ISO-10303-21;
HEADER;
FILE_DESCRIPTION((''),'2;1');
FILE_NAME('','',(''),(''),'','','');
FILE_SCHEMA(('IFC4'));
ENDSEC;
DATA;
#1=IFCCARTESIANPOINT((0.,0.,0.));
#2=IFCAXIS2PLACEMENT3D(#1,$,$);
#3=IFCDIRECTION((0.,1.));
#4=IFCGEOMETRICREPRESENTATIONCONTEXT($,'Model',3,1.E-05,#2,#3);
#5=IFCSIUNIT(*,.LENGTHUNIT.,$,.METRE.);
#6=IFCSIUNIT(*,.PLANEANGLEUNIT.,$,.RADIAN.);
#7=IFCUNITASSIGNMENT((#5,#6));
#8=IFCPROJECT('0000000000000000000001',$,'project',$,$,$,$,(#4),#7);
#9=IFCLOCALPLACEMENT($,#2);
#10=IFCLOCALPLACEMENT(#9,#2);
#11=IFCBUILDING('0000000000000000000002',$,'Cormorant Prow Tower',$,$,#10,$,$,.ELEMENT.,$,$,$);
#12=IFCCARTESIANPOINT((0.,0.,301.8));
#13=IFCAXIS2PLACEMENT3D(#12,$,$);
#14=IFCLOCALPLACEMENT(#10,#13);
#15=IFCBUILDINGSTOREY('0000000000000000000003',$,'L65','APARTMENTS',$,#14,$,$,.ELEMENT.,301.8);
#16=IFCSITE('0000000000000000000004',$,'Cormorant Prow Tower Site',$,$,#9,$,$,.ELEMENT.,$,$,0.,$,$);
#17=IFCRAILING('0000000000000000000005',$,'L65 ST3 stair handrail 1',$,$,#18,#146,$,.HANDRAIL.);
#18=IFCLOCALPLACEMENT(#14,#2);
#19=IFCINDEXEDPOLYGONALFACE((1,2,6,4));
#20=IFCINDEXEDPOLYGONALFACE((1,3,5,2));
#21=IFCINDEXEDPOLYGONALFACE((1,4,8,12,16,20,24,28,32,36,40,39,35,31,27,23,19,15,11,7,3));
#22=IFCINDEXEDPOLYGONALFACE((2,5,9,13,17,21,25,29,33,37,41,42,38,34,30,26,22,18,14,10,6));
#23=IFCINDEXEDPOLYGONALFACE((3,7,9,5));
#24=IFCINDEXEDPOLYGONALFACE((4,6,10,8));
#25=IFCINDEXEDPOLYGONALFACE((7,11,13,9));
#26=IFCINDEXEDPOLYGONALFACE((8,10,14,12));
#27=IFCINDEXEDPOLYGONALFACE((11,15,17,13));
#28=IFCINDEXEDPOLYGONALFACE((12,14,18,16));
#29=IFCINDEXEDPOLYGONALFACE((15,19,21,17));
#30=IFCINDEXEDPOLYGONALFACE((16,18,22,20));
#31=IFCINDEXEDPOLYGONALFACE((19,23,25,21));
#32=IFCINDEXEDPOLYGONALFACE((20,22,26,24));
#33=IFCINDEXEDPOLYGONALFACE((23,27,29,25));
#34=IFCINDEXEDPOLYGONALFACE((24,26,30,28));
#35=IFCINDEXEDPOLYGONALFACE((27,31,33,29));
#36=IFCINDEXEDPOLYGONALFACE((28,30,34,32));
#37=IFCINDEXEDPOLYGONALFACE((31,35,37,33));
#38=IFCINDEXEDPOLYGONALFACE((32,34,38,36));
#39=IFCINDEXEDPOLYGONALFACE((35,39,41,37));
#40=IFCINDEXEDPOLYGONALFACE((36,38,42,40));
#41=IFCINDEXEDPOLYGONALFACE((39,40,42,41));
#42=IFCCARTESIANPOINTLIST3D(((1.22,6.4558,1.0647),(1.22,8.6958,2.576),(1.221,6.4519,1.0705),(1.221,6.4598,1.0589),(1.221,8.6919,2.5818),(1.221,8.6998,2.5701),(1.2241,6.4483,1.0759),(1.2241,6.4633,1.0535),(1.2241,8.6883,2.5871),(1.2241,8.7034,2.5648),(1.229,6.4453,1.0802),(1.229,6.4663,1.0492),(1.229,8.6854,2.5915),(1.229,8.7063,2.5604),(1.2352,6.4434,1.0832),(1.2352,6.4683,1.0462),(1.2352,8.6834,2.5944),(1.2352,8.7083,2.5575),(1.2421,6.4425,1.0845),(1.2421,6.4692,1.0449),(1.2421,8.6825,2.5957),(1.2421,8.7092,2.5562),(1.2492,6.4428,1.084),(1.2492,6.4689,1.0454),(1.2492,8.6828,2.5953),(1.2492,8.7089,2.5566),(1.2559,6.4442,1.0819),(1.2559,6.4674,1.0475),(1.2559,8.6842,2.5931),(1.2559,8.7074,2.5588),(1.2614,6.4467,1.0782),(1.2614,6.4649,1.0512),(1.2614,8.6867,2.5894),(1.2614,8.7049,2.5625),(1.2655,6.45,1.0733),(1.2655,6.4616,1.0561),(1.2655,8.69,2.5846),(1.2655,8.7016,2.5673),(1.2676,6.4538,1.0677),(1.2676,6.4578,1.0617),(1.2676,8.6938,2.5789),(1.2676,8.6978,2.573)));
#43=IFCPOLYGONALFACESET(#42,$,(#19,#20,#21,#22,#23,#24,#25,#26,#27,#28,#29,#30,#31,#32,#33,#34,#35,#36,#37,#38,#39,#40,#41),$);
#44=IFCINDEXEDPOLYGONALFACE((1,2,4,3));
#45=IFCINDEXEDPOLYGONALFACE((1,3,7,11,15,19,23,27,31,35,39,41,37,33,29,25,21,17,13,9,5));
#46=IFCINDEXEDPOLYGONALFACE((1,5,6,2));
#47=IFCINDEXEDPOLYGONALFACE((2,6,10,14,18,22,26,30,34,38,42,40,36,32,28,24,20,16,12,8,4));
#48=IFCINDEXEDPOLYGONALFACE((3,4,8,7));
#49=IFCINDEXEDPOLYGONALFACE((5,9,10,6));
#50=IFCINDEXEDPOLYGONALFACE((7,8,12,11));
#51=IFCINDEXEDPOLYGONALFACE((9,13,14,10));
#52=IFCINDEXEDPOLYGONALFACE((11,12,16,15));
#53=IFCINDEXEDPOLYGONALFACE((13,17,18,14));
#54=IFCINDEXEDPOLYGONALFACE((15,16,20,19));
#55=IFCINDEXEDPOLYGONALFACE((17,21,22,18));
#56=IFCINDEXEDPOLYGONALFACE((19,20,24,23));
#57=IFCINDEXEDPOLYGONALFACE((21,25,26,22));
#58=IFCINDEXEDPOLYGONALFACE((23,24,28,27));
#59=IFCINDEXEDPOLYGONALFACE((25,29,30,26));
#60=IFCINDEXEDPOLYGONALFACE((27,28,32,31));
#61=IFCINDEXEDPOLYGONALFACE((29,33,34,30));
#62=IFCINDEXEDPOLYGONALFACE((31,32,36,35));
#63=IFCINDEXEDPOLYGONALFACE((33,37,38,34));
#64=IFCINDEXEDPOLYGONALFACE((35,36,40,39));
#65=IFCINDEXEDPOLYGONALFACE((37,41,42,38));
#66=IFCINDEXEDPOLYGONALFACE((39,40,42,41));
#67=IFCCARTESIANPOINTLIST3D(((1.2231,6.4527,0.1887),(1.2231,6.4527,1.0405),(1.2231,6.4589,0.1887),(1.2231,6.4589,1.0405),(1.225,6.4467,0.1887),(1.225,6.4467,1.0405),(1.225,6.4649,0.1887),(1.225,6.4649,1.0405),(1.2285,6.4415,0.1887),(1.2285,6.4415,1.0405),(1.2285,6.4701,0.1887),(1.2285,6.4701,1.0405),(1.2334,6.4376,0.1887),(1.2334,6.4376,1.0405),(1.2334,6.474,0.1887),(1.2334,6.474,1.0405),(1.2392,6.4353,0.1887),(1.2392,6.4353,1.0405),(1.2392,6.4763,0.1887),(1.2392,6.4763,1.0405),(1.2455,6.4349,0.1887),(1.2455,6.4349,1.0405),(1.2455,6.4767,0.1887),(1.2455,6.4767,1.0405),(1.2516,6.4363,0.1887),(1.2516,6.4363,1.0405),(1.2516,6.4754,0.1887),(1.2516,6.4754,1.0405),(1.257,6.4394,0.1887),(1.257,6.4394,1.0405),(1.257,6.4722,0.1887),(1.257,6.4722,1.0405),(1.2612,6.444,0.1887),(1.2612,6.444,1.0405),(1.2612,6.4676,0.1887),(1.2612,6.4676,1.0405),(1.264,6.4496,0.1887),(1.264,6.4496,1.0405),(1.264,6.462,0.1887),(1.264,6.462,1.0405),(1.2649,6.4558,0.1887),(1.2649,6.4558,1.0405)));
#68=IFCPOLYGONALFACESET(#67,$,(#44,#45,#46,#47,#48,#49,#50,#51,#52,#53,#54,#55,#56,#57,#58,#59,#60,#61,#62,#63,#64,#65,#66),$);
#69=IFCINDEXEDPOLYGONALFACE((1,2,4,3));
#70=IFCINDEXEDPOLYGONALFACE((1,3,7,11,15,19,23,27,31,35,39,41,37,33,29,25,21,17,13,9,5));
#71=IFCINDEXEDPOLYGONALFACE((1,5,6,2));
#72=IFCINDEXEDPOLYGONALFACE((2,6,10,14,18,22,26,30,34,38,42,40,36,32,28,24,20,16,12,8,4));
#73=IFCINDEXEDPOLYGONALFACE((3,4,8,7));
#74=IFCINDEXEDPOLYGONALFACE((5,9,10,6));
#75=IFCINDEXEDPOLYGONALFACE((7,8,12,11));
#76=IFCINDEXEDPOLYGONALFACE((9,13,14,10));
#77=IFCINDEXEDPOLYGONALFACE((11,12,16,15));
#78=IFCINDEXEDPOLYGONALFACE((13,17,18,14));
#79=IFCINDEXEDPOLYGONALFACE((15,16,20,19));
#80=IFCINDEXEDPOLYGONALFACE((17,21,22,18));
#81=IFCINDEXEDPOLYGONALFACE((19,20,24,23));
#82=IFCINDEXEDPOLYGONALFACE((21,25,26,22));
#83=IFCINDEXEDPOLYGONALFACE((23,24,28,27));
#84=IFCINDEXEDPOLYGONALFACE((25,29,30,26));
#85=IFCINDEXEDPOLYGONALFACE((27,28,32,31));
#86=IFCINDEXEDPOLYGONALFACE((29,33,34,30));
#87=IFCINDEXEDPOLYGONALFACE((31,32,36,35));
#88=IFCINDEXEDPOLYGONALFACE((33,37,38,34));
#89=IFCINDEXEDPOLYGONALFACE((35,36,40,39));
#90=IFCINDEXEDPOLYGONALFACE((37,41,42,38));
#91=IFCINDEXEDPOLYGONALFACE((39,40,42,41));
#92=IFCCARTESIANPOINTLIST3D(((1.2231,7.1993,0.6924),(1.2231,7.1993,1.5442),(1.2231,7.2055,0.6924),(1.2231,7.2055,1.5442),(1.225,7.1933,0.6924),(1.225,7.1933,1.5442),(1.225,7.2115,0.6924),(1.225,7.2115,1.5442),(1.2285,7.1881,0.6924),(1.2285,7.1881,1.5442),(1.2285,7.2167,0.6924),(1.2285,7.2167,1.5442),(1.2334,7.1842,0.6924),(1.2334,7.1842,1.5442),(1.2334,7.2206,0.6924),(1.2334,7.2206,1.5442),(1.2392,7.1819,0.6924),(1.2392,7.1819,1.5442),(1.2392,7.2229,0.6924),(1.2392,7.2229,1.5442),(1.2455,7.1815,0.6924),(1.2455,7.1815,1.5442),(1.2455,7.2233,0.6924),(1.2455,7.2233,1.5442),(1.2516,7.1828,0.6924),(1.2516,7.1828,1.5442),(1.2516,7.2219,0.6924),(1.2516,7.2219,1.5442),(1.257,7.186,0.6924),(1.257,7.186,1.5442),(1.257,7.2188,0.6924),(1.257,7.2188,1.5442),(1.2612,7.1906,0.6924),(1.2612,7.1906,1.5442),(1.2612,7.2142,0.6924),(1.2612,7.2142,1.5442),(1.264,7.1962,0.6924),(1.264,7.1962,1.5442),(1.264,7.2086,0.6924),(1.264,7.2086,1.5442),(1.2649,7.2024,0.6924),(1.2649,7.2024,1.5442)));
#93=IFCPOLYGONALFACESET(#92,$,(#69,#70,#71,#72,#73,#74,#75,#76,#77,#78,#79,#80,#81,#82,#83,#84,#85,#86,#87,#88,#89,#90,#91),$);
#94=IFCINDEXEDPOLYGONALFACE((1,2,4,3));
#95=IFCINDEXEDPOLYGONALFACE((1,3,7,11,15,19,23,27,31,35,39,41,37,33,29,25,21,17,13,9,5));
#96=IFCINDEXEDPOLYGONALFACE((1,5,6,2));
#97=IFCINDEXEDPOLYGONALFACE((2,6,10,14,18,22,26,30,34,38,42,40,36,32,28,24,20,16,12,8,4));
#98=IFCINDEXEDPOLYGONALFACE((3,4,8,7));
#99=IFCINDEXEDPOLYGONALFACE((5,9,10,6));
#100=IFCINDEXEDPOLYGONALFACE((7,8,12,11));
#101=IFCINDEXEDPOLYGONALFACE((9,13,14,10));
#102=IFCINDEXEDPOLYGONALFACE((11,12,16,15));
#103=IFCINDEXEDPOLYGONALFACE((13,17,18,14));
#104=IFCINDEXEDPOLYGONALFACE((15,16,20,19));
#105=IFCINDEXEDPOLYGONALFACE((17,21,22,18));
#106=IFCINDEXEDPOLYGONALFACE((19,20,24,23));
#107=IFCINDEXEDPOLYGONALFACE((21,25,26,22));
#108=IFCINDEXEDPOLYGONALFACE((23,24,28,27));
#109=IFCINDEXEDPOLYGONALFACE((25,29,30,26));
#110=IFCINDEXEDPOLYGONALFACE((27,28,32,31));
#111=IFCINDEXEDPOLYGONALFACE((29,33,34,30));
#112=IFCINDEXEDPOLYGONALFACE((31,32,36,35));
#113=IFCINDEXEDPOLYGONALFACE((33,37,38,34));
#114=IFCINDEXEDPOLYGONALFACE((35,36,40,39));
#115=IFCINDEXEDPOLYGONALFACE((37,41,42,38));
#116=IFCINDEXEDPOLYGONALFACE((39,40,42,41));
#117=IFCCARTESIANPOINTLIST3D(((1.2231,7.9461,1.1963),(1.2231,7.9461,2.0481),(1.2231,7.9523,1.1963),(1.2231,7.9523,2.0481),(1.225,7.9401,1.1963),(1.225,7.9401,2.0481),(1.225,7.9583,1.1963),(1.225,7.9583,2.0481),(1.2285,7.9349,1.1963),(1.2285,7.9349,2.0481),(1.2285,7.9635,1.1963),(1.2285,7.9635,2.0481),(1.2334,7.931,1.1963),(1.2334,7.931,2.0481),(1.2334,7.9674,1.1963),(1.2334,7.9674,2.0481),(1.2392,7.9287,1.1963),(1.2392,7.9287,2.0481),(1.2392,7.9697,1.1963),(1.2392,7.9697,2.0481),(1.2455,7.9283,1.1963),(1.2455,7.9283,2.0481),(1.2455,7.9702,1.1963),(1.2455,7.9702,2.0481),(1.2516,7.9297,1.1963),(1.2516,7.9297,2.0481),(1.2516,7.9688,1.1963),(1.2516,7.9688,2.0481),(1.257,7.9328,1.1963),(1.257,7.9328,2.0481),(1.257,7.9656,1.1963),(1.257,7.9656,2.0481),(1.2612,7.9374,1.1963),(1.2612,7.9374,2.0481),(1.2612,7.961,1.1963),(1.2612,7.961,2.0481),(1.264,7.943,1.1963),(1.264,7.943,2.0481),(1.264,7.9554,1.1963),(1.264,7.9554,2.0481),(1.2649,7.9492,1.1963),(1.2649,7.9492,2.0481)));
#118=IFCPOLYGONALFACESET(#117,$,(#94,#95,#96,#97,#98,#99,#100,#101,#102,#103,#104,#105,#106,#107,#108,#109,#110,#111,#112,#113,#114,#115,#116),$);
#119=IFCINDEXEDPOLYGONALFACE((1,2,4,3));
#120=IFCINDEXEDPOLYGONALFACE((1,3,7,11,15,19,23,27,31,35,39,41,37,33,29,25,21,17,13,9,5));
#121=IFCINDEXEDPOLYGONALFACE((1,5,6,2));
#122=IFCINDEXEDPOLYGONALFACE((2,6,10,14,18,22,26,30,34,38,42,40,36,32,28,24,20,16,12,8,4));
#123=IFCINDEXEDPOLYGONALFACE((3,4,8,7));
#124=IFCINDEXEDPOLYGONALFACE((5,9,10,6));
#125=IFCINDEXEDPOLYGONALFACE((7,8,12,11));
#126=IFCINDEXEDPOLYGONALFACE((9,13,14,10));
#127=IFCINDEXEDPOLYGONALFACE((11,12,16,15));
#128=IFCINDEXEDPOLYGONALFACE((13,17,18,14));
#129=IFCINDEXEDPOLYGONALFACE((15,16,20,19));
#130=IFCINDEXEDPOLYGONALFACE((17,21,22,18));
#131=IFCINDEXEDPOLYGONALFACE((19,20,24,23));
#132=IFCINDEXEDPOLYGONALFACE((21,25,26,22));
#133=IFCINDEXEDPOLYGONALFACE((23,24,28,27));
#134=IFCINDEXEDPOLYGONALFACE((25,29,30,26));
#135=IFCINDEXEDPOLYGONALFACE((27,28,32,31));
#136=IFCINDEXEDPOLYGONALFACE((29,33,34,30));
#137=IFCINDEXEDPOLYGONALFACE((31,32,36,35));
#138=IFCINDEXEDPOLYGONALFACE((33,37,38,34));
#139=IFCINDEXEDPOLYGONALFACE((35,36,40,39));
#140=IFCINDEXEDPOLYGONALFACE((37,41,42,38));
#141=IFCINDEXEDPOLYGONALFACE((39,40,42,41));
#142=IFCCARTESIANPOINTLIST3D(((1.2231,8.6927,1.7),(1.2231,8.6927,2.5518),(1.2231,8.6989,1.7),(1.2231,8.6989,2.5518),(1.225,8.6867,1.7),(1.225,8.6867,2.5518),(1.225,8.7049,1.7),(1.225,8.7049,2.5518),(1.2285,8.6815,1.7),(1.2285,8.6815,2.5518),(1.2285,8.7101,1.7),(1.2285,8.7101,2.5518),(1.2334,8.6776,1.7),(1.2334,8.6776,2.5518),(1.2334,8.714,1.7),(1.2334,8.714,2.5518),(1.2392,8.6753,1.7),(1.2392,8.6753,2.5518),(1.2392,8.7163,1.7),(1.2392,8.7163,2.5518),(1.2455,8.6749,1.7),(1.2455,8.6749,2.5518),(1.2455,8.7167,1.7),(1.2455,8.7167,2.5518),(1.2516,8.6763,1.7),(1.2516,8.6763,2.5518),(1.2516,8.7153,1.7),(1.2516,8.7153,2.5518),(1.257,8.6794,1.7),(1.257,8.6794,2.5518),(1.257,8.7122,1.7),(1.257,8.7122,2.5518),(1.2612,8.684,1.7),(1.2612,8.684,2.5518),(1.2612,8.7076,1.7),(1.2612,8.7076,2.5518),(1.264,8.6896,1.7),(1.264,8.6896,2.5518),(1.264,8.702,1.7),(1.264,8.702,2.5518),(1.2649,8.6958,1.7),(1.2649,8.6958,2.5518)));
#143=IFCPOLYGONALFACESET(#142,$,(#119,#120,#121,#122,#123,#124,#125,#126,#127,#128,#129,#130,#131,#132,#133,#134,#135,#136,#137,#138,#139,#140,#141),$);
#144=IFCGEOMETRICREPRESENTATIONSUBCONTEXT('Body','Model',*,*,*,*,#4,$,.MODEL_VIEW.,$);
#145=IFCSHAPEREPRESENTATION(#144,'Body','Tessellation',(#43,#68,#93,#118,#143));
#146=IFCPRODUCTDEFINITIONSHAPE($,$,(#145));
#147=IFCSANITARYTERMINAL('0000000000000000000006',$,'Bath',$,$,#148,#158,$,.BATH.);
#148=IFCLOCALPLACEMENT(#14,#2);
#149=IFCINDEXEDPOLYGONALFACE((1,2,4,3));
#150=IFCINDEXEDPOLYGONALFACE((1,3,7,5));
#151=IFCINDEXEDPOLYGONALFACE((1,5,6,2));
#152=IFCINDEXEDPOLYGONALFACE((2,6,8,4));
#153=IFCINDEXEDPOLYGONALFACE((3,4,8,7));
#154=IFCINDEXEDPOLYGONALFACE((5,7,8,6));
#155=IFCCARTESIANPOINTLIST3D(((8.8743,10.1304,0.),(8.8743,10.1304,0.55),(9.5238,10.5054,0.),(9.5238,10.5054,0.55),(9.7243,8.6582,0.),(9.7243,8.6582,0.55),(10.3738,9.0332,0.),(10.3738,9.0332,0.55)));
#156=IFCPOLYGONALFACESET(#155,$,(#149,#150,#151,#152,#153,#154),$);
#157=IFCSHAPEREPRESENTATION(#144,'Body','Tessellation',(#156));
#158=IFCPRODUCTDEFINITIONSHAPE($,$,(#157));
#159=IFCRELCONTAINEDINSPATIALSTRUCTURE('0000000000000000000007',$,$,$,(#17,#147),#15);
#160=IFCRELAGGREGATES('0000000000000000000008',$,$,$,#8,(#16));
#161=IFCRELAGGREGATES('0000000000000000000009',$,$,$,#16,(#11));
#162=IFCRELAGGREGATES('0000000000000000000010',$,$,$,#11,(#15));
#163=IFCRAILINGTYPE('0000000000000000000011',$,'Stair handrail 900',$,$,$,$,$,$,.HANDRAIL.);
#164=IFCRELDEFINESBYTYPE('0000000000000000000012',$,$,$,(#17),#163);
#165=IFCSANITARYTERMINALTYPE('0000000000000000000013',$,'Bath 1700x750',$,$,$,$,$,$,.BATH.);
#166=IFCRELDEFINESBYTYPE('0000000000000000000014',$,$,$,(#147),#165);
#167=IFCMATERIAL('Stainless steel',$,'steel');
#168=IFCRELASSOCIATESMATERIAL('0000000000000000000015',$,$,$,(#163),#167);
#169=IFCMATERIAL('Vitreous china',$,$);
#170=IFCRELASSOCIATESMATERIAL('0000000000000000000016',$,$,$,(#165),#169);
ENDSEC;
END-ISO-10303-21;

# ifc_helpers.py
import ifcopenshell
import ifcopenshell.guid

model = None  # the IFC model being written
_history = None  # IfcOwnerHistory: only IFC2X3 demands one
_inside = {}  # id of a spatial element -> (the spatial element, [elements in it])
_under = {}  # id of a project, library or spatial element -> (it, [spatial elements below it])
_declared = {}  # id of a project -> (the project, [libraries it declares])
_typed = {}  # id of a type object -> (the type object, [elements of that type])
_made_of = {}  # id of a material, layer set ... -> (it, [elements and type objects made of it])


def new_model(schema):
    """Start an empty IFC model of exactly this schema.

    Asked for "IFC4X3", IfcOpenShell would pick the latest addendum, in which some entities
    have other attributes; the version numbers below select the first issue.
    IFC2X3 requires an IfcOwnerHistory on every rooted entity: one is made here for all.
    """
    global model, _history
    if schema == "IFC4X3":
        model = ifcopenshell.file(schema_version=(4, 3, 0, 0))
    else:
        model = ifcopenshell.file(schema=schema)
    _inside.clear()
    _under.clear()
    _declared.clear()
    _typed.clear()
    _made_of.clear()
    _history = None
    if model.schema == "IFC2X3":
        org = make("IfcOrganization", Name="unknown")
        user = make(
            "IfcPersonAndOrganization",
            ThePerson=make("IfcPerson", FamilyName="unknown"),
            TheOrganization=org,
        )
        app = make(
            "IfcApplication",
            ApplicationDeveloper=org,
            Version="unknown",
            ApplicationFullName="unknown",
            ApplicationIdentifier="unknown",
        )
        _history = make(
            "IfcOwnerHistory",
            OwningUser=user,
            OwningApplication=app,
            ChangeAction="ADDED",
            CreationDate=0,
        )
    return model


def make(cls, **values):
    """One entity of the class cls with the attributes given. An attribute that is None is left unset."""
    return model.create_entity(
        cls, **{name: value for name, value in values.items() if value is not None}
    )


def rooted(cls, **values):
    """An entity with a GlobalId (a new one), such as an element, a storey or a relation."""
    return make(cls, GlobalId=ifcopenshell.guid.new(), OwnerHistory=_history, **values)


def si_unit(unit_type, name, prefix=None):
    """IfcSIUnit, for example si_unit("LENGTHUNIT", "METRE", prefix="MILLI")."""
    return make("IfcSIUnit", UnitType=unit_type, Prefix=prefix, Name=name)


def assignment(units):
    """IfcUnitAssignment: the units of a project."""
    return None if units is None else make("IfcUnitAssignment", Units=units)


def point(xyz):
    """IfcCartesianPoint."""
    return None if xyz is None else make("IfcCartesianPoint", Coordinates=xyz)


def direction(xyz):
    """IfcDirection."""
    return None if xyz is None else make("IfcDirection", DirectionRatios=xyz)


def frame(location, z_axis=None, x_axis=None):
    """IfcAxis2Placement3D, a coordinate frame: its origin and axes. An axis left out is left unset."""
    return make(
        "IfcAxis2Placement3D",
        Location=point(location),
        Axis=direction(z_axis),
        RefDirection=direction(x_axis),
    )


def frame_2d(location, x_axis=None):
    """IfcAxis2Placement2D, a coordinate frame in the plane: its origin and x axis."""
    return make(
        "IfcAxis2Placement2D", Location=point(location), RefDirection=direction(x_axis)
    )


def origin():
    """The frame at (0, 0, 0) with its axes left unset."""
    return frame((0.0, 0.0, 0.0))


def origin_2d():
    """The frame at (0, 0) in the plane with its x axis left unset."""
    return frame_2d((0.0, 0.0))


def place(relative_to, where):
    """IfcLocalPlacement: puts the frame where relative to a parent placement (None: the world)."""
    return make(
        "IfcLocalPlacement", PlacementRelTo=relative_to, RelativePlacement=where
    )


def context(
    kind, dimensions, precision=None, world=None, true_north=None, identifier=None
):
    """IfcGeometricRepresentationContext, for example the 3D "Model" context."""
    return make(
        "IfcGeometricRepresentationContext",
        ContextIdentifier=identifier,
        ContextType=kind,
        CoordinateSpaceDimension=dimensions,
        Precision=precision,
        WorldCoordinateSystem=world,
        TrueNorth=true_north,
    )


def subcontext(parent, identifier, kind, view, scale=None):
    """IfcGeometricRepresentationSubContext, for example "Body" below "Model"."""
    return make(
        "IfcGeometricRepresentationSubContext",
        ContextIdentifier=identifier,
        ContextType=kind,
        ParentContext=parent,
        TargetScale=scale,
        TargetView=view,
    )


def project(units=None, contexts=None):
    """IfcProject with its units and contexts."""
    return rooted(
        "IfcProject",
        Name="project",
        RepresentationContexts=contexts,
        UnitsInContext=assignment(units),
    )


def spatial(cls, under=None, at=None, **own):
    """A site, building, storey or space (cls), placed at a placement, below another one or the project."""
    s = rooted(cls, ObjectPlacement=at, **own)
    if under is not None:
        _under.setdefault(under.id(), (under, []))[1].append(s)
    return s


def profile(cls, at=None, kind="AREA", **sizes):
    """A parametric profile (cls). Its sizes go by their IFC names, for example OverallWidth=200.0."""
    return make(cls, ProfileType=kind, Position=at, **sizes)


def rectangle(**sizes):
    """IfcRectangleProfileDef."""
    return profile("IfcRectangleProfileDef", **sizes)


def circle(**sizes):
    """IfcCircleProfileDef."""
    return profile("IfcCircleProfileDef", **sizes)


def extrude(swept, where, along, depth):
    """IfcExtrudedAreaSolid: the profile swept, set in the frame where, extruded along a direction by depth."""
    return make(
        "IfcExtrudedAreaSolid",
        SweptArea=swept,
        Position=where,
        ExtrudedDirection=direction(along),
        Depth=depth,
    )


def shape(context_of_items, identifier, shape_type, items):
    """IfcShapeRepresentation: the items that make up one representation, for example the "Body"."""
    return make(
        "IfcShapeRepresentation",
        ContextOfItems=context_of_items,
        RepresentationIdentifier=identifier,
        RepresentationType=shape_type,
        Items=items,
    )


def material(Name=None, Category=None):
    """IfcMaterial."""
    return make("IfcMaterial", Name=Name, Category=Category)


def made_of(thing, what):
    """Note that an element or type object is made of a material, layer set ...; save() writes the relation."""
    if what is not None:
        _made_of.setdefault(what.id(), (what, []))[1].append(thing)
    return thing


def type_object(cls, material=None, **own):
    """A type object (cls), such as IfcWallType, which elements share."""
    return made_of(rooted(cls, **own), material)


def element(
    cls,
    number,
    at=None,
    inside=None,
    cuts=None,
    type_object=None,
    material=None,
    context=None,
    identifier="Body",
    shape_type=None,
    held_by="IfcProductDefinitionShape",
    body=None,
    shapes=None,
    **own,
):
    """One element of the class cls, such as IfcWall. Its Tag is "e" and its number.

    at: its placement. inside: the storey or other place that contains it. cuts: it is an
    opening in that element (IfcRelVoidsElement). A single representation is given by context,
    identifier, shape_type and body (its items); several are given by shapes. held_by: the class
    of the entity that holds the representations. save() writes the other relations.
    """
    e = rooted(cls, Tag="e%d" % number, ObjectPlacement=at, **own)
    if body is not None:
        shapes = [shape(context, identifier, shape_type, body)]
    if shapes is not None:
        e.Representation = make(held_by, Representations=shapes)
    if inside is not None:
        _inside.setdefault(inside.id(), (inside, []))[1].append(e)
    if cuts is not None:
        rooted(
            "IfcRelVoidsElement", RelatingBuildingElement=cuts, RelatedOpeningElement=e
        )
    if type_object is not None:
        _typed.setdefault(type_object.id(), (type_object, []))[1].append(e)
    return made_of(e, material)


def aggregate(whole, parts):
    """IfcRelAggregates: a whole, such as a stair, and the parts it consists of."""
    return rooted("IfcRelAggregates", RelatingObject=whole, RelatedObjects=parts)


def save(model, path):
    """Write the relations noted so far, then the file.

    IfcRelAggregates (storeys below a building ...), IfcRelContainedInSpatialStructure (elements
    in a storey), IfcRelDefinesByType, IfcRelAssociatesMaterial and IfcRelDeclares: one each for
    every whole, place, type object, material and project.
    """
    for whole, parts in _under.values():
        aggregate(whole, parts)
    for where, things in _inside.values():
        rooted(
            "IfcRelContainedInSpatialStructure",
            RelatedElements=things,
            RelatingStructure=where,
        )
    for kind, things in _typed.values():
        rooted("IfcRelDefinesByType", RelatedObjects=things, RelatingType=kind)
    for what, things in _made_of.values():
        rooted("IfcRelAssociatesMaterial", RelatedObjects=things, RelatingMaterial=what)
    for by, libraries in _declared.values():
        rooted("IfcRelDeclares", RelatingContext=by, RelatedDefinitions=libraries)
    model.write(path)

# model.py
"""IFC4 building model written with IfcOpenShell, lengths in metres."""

from ifc_helpers import new_model, si_unit, direction, frame, origin, origin_2d, place, context, subcontext, project, spatial, rectangle, circle, extrude, material, type_object, element, save


model = new_model("IFC4")

# Units and contexts
model_context = context("Model", 3, precision=1e-05, world=origin(), true_north=direction((0.0, 1.0)))
body_context = subcontext(model_context, "Body", "Model", "MODEL_VIEW")
ifc_project = project(units=[si_unit("LENGTHUNIT", "METRE"), si_unit("PLANEANGLEUNIT", "RADIAN")], contexts=[model_context])

# Site, building, storey
site_placement = place(None, origin())
site = spatial("IfcSite", under=ifc_project, at=site_placement, Name="Cormorant Prow Tower Site", CompositionType="ELEMENT", RefElevation=0.0)
building_placement = place(site_placement, origin())
building = spatial("IfcBuilding", under=site, at=building_placement, Name="Cormorant Prow Tower", CompositionType="ELEMENT")
storey_placement = place(building_placement, frame((0.0, 0.0, 301.8)))
storey = spatial("IfcBuildingStorey", under=building, at=storey_placement, Name="L65", Description="APARTMENTS", CompositionType="ELEMENT", Elevation=301.8)

# Railing
ifc_material_1 = material(Name="Stainless steel", Category="steel")
railing_type_1 = type_object("IfcRailingType", Name="Stair handrail 900", PredefinedType="HANDRAIL", material=ifc_material_1)
railing_1_placement = place(storey_placement, frame((1.2439, 6.4558, 0.1887)))
element("IfcRailing", 1, at=railing_1_placement, inside=storey, type_object=railing_type_1, Name="L65 ST3 stair handrail 1", PredefinedType="HANDRAIL", context=body_context, shape_type="SweptSolid", body=[
    extrude(circle(Radius=0.0239, at=origin_2d()), frame((0.0, 0.0, 0.876), z_axis=(0.0, 0.82898, 0.559279), x_axis=(-1.0, 0.0, 0.0)), (0.0, 0.0, 1.0), 2.7021),
    extrude(circle(Radius=0.021, at=origin_2d()), origin(), (0.0, 0.0, 1.0), 0.8518),
    extrude(circle(Radius=0.021, at=origin_2d()), frame((0.0, 0.7466, 0.5037)), (0.0, 0.0, 1.0), 0.8518),
    extrude(circle(Radius=0.021, at=origin_2d()), frame((0.0, 1.4934, 1.0076)), (0.0, 0.0, 1.0), 0.8518),
    extrude(circle(Radius=0.021, at=origin_2d()), frame((0.0, 2.24, 1.5112)), (0.0, 0.0, 1.0), 0.8518),
])

# Sanitary terminal
ifc_material_2 = material(Name="Vitreous china")
sanitary_terminal_type = type_object("IfcSanitaryTerminalType", Name="Bath 1700x750", PredefinedType="BATH", material=ifc_material_2)
sanitary_terminal_placement = place(storey_placement, frame((9.624, 9.5818, 0.0), z_axis=(0.0, 0.0, 1.0), x_axis=(-0.5, 0.866025, 0.0)))
element("IfcSanitaryTerminal", 2, at=sanitary_terminal_placement, inside=storey, type_object=sanitary_terminal_type, Name="Bath", PredefinedType="BATH", context=body_context, shape_type="SweptSolid", body=[
    extrude(rectangle(XDim=1.7, YDim=0.75, at=origin_2d()), origin(), (0.0, 0.0, 1.0), 0.55),
])

save(model, "model.ifc")
